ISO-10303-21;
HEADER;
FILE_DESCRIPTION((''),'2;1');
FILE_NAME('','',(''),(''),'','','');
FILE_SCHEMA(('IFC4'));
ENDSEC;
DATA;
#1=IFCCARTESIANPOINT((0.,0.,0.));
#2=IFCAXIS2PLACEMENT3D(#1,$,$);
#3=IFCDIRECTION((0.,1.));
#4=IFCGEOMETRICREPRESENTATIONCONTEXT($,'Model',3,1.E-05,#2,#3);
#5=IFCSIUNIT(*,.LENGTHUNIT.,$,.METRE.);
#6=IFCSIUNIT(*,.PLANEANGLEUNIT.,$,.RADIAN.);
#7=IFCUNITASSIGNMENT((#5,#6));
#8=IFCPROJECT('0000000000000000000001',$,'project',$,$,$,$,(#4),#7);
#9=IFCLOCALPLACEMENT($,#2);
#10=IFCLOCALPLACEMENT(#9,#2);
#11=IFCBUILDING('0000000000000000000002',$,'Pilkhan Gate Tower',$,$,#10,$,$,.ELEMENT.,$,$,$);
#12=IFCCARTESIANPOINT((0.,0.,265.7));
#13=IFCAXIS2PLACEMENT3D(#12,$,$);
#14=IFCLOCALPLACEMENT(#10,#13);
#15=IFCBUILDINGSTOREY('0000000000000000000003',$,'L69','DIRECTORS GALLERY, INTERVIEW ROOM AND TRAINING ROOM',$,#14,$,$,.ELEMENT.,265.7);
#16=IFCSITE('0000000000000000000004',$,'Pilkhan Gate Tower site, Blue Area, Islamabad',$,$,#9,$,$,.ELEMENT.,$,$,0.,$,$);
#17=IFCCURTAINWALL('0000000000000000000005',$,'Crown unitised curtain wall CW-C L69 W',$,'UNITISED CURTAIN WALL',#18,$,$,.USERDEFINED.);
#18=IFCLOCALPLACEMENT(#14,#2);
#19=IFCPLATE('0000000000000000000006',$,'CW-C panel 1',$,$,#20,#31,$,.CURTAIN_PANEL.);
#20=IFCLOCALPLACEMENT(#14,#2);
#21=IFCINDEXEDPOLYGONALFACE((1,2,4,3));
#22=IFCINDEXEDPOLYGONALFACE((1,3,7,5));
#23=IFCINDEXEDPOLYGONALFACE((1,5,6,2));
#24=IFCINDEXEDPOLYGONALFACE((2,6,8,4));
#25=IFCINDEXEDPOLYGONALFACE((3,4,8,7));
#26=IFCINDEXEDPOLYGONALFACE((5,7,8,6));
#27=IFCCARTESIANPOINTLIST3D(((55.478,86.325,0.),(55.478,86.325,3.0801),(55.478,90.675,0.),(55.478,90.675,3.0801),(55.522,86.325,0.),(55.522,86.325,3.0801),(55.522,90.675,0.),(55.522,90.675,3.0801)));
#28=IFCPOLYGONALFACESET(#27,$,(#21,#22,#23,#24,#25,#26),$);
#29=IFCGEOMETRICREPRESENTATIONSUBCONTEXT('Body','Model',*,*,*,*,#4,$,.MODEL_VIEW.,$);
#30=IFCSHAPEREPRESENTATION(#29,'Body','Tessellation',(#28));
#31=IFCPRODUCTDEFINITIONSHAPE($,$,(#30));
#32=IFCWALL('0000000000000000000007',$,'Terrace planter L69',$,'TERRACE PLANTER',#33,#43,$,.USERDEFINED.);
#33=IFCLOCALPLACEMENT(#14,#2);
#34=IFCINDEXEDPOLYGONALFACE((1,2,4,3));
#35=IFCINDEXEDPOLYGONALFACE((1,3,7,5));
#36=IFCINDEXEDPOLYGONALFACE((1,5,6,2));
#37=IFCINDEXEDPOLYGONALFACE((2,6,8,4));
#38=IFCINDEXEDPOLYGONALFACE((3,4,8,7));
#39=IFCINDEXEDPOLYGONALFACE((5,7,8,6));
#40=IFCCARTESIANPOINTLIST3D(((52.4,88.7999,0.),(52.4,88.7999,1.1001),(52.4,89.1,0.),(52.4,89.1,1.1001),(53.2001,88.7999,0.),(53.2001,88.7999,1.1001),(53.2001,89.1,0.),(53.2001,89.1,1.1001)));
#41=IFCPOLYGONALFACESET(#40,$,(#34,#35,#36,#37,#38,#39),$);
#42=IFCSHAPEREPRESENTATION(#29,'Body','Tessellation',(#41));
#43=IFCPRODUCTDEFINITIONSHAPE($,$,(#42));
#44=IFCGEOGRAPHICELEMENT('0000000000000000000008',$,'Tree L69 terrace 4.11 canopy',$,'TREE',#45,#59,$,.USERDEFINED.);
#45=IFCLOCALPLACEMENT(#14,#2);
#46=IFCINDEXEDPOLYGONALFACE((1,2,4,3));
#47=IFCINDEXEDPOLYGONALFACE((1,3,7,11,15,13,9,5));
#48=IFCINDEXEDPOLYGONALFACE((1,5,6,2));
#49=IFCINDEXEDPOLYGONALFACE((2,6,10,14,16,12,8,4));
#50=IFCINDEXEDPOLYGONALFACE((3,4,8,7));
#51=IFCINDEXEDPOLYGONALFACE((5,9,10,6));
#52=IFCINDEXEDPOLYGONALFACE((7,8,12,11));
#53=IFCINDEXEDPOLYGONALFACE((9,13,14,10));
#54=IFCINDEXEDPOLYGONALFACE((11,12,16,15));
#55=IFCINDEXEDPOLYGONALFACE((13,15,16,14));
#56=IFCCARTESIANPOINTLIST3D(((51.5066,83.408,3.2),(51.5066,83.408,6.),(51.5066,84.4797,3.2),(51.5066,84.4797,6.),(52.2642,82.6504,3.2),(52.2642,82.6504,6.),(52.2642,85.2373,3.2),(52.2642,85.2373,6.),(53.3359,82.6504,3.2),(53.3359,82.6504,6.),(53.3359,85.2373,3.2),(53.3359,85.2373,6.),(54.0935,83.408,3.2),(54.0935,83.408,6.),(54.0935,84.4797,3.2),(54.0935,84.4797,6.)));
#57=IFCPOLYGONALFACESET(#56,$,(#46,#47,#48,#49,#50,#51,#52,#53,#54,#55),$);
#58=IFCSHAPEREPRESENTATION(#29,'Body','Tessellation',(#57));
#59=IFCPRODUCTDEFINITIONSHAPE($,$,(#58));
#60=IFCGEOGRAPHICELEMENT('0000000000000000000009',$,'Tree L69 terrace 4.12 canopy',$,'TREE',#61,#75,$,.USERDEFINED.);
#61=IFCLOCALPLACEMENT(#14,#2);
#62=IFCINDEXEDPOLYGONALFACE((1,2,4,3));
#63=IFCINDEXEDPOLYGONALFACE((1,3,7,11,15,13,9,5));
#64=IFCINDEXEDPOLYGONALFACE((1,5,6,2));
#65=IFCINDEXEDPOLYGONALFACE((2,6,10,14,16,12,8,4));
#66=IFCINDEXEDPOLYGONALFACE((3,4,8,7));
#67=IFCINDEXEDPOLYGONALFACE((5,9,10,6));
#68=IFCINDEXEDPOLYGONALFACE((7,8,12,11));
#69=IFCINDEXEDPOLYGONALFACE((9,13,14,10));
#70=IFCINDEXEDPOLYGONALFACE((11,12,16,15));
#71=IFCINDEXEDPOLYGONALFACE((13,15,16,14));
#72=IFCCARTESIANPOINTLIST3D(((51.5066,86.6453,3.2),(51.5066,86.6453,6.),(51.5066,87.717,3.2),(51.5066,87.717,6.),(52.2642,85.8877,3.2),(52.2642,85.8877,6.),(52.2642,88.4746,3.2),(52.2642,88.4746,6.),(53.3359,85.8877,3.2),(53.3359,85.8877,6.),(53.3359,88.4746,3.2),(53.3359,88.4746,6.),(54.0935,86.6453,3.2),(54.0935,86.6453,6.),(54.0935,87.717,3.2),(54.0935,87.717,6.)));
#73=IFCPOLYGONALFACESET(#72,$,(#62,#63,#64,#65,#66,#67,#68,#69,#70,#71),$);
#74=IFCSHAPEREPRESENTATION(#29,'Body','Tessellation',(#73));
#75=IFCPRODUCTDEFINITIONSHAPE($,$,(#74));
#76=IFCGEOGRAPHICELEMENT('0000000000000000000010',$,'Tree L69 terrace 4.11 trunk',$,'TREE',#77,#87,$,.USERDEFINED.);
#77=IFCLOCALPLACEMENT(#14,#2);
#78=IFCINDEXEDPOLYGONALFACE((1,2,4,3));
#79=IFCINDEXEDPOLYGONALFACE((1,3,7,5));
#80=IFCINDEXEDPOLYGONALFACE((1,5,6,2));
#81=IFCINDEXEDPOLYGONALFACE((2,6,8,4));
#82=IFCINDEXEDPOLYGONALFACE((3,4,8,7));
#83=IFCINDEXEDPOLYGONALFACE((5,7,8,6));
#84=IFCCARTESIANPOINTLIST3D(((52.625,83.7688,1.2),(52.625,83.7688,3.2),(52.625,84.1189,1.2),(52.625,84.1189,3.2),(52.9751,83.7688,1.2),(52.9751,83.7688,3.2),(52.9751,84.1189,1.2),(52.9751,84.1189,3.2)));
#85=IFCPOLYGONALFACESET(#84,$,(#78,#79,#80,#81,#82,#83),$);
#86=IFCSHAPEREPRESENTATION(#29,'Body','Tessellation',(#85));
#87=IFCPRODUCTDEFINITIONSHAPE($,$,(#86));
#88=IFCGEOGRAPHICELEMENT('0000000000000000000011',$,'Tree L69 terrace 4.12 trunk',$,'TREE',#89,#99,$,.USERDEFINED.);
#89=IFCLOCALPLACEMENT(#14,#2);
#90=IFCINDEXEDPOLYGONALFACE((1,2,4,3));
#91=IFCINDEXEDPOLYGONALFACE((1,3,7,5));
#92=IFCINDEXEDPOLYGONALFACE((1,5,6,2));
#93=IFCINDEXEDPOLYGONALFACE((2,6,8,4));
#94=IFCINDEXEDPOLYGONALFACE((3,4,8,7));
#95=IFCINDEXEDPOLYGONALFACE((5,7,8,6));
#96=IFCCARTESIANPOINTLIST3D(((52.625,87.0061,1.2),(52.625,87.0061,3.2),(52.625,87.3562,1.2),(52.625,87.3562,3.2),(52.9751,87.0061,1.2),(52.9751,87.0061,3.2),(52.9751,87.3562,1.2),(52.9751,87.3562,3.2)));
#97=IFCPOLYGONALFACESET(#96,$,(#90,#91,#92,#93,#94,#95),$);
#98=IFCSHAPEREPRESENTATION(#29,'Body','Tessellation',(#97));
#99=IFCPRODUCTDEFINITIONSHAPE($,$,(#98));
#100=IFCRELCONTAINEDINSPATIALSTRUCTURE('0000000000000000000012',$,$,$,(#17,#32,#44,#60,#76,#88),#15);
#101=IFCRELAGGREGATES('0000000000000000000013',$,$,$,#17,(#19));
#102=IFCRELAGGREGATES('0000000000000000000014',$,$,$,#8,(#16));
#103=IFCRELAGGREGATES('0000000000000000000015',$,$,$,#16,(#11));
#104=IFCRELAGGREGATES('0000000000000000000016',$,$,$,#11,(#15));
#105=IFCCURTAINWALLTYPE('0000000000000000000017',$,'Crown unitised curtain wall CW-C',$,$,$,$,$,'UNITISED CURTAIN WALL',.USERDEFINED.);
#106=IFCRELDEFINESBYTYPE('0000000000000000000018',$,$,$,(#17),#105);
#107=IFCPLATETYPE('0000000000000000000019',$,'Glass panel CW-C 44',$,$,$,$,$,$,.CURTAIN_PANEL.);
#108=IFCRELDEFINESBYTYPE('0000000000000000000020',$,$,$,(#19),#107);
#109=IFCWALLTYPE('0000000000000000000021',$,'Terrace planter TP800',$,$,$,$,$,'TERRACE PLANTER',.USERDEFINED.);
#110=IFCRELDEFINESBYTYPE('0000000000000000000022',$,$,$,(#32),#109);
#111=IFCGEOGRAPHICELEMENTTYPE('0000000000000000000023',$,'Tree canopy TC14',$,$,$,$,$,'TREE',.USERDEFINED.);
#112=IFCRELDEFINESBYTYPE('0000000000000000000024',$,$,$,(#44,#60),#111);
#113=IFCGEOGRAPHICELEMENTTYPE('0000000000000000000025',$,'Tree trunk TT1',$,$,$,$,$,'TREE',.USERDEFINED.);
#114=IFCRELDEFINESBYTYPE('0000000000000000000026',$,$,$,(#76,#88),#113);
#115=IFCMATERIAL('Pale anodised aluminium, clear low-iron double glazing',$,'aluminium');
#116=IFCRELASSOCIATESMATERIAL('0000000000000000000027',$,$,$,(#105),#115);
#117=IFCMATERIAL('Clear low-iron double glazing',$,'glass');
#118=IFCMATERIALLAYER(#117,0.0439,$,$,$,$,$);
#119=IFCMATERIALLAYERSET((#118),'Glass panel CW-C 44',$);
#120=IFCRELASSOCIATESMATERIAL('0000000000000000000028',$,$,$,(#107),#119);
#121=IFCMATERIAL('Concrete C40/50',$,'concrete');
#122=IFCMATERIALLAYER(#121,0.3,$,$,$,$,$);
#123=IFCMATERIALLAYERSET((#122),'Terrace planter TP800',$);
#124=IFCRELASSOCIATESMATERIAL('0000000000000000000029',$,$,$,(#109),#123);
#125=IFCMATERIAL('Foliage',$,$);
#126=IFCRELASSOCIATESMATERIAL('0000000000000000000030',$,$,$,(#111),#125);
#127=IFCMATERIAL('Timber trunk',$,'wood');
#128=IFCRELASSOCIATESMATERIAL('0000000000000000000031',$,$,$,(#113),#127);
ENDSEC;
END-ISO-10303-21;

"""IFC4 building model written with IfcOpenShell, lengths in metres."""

from ifc_helpers import new_model, si_unit, direction, frame, frame_2d, origin, origin_2d, place, context, subcontext, project, spatial, polyline, rectangle, outline, extrude, material, layer, layer_set, material_profile, profile_set, type_object, element, aggregate, save


model = new_model("IFC4")

# Units and contexts
model_context = context("Model", 3, precision=1e-05, world=origin(), true_north=direction((0.0, 1.0)))
body_context = subcontext(model_context, "Body", "Model", "MODEL_VIEW")
ifc_project = project(units=[si_unit("LENGTHUNIT", "METRE"), si_unit("PLANEANGLEUNIT", "RADIAN")], contexts=[model_context])

# Site, building, storey
site_placement = place(None, origin())
site = spatial("IfcSite", under=ifc_project, at=site_placement, Name="Pilkhan Gate Tower site, Blue Area, Islamabad", CompositionType="ELEMENT", RefElevation=0.0)
building_placement = place(site_placement, origin())
building = spatial("IfcBuilding", under=site, at=building_placement, Name="Pilkhan Gate Tower", CompositionType="ELEMENT")
storey_placement = place(building_placement, frame((0.0, 0.0, 265.7)))
storey = spatial("IfcBuildingStorey", under=building, at=storey_placement, Name="L69", Description="DIRECTORS GALLERY, INTERVIEW ROOM AND TRAINING ROOM", CompositionType="ELEMENT", Elevation=265.7)

# Shared definitions
ifc_material_1 = material(Name="Concrete C40/50", Category="concrete")

# Shared definitions
ifc_material_2 = material(Name="Pale anodised aluminium, clear low-iron double glazing", Category="aluminium")
curtain_wall_type = type_object("IfcCurtainWallType", Name="Crown unitised curtain wall CW-C", ElementType="UNITISED CURTAIN WALL", PredefinedType="USERDEFINED", material=ifc_material_2)

# Curtain wall
curtain_wall_1_placement = place(storey_placement, origin())
curtain_wall_1 = element("IfcCurtainWall", 1, at=curtain_wall_1_placement, inside=storey, type_object=curtain_wall_type, Name="Crown unitised curtain wall CW-C L69 W", ObjectType="UNITISED CURTAIN WALL", PredefinedType="USERDEFINED")

# Plate
ifc_material_3 = material(Name="Clear low-iron double glazing", Category="glass")
ifc_layer_1 = layer(ifc_material_3, 0.0439)
ifc_layer_set_1 = layer_set([ifc_layer_1], Name="Glass panel CW-C 44")
plate_type = type_object("IfcPlateType", Name="Glass panel CW-C 44", PredefinedType="CURTAIN_PANEL", material=ifc_layer_set_1)
plate_1_placement = place(storey_placement, frame((55.5, 88.5, 0.0), z_axis=(0.0, 0.0, 1.0), x_axis=(0.0, 1.0, 0.0)))
plate_1 = element("IfcPlate", 2, at=plate_1_placement, type_object=plate_type, Name="CW-C panel 1", PredefinedType="CURTAIN_PANEL", context=body_context, shape_type="SweptSolid", body=[
    extrude(rectangle(XDim=4.3501, YDim=0.0439, at=origin_2d()), origin(), (0.0, 0.0, 1.0), 3.0801),
])
aggregate(curtain_wall_1, [plate_1])

# Wall
ifc_layer_2 = layer(ifc_material_1, 0.3)
ifc_layer_set_2 = layer_set([ifc_layer_2], Name="Terrace planter TP800")
wall_type_1 = type_object("IfcWallType", Name="Terrace planter TP800", ElementType="TERRACE PLANTER", PredefinedType="USERDEFINED", material=ifc_layer_set_2)
wall_1_placement = place(storey_placement, frame((53.2, 88.95, 0.0), z_axis=(0.0, 0.0, 1.0), x_axis=(-1.0, 0.0, 0.0)))
element("IfcWall", 3, at=wall_1_placement, inside=storey, type_object=wall_type_1, Name="Terrace planter L69", ObjectType="TERRACE PLANTER", PredefinedType="USERDEFINED", context=body_context, shape_type="SweptSolid", body=[
    extrude(rectangle(XDim=0.8, YDim=0.3, at=frame_2d((0.3999, 0.0))), origin(), (0.0, 0.0, 1.0), 1.1001),
])

# Geographic elements
ifc_material_4 = material(Name="Foliage")
ifc_material_profile_1 = material_profile(ifc_material_4, outline(polyline([(1.2935, 0.5359), (0.5359, 1.2935), (-0.5359, 1.2935), (-1.2935, 0.5359), (-1.2935, -0.5359), (-0.5359, -1.2935), (0.5359, -1.2935), (1.2935, -0.5359), (1.2935, 0.5359)])), Name="Canopy D2.8")
ifc_profile_set_1 = profile_set([ifc_material_profile_1], Name="Foliage")
geographic_element_type_1 = type_object("IfcGeographicElementType", Name="Tree canopy TC14", ElementType="TREE", PredefinedType="USERDEFINED", material=ifc_profile_set_1)
for number, where, z_axis, x_axis, name in (
    (4, (52.8, 83.9438, 3.2), (0.0, 0.0, 1.0), (1.0, 0.0, 0.0), "Tree L69 terrace 4.11 canopy"),
    (5, (52.8, 87.1812, 3.2), (0.0, 0.0, 1.0), (1.0, 0.0, 0.0), "Tree L69 terrace 4.12 canopy"),
):
    element("IfcGeographicElement", number, at=place(storey_placement, frame(where, z_axis=z_axis, x_axis=x_axis)), inside=storey, type_object=geographic_element_type_1, Name=name, ObjectType="TREE", PredefinedType="USERDEFINED", context=body_context, shape_type="SweptSolid", body=[
        extrude(outline(polyline([(1.2935, 0.5359), (0.5359, 1.2935), (-0.5359, 1.2935), (-1.2935, 0.5359), (-1.2935, -0.5359), (-0.5359, -1.2935), (0.5359, -1.2935), (1.2935, -0.5359), (1.2935, 0.5359)])), origin(), (0.0, 0.0, 1.0), 2.8),
    ])
ifc_material_5 = material(Name="Timber trunk", Category="wood")
geographic_element_type_2 = type_object("IfcGeographicElementType", Name="Tree trunk TT1", ElementType="TREE", PredefinedType="USERDEFINED", material=ifc_material_5)
for number, where, z_axis, x_axis, name in (
    (6, (52.8, 83.9438, 1.2), (0.0, 0.0, 1.0), (1.0, 0.0, 0.0), "Tree L69 terrace 4.11 trunk"),
    (7, (52.8, 87.1812, 1.2), (0.0, 0.0, 1.0), (1.0, 0.0, 0.0), "Tree L69 terrace 4.12 trunk"),
):
    element("IfcGeographicElement", number, at=place(storey_placement, frame(where, z_axis=z_axis, x_axis=x_axis)), inside=storey, type_object=geographic_element_type_2, Name=name, ObjectType="TREE", PredefinedType="USERDEFINED", context=body_context, shape_type="SweptSolid", body=[
        extrude(rectangle(XDim=0.3501, YDim=0.3501, at=origin_2d()), origin(), (0.0, 0.0, 1.0), 2.0),
    ])

save(model, "model.ifc")
